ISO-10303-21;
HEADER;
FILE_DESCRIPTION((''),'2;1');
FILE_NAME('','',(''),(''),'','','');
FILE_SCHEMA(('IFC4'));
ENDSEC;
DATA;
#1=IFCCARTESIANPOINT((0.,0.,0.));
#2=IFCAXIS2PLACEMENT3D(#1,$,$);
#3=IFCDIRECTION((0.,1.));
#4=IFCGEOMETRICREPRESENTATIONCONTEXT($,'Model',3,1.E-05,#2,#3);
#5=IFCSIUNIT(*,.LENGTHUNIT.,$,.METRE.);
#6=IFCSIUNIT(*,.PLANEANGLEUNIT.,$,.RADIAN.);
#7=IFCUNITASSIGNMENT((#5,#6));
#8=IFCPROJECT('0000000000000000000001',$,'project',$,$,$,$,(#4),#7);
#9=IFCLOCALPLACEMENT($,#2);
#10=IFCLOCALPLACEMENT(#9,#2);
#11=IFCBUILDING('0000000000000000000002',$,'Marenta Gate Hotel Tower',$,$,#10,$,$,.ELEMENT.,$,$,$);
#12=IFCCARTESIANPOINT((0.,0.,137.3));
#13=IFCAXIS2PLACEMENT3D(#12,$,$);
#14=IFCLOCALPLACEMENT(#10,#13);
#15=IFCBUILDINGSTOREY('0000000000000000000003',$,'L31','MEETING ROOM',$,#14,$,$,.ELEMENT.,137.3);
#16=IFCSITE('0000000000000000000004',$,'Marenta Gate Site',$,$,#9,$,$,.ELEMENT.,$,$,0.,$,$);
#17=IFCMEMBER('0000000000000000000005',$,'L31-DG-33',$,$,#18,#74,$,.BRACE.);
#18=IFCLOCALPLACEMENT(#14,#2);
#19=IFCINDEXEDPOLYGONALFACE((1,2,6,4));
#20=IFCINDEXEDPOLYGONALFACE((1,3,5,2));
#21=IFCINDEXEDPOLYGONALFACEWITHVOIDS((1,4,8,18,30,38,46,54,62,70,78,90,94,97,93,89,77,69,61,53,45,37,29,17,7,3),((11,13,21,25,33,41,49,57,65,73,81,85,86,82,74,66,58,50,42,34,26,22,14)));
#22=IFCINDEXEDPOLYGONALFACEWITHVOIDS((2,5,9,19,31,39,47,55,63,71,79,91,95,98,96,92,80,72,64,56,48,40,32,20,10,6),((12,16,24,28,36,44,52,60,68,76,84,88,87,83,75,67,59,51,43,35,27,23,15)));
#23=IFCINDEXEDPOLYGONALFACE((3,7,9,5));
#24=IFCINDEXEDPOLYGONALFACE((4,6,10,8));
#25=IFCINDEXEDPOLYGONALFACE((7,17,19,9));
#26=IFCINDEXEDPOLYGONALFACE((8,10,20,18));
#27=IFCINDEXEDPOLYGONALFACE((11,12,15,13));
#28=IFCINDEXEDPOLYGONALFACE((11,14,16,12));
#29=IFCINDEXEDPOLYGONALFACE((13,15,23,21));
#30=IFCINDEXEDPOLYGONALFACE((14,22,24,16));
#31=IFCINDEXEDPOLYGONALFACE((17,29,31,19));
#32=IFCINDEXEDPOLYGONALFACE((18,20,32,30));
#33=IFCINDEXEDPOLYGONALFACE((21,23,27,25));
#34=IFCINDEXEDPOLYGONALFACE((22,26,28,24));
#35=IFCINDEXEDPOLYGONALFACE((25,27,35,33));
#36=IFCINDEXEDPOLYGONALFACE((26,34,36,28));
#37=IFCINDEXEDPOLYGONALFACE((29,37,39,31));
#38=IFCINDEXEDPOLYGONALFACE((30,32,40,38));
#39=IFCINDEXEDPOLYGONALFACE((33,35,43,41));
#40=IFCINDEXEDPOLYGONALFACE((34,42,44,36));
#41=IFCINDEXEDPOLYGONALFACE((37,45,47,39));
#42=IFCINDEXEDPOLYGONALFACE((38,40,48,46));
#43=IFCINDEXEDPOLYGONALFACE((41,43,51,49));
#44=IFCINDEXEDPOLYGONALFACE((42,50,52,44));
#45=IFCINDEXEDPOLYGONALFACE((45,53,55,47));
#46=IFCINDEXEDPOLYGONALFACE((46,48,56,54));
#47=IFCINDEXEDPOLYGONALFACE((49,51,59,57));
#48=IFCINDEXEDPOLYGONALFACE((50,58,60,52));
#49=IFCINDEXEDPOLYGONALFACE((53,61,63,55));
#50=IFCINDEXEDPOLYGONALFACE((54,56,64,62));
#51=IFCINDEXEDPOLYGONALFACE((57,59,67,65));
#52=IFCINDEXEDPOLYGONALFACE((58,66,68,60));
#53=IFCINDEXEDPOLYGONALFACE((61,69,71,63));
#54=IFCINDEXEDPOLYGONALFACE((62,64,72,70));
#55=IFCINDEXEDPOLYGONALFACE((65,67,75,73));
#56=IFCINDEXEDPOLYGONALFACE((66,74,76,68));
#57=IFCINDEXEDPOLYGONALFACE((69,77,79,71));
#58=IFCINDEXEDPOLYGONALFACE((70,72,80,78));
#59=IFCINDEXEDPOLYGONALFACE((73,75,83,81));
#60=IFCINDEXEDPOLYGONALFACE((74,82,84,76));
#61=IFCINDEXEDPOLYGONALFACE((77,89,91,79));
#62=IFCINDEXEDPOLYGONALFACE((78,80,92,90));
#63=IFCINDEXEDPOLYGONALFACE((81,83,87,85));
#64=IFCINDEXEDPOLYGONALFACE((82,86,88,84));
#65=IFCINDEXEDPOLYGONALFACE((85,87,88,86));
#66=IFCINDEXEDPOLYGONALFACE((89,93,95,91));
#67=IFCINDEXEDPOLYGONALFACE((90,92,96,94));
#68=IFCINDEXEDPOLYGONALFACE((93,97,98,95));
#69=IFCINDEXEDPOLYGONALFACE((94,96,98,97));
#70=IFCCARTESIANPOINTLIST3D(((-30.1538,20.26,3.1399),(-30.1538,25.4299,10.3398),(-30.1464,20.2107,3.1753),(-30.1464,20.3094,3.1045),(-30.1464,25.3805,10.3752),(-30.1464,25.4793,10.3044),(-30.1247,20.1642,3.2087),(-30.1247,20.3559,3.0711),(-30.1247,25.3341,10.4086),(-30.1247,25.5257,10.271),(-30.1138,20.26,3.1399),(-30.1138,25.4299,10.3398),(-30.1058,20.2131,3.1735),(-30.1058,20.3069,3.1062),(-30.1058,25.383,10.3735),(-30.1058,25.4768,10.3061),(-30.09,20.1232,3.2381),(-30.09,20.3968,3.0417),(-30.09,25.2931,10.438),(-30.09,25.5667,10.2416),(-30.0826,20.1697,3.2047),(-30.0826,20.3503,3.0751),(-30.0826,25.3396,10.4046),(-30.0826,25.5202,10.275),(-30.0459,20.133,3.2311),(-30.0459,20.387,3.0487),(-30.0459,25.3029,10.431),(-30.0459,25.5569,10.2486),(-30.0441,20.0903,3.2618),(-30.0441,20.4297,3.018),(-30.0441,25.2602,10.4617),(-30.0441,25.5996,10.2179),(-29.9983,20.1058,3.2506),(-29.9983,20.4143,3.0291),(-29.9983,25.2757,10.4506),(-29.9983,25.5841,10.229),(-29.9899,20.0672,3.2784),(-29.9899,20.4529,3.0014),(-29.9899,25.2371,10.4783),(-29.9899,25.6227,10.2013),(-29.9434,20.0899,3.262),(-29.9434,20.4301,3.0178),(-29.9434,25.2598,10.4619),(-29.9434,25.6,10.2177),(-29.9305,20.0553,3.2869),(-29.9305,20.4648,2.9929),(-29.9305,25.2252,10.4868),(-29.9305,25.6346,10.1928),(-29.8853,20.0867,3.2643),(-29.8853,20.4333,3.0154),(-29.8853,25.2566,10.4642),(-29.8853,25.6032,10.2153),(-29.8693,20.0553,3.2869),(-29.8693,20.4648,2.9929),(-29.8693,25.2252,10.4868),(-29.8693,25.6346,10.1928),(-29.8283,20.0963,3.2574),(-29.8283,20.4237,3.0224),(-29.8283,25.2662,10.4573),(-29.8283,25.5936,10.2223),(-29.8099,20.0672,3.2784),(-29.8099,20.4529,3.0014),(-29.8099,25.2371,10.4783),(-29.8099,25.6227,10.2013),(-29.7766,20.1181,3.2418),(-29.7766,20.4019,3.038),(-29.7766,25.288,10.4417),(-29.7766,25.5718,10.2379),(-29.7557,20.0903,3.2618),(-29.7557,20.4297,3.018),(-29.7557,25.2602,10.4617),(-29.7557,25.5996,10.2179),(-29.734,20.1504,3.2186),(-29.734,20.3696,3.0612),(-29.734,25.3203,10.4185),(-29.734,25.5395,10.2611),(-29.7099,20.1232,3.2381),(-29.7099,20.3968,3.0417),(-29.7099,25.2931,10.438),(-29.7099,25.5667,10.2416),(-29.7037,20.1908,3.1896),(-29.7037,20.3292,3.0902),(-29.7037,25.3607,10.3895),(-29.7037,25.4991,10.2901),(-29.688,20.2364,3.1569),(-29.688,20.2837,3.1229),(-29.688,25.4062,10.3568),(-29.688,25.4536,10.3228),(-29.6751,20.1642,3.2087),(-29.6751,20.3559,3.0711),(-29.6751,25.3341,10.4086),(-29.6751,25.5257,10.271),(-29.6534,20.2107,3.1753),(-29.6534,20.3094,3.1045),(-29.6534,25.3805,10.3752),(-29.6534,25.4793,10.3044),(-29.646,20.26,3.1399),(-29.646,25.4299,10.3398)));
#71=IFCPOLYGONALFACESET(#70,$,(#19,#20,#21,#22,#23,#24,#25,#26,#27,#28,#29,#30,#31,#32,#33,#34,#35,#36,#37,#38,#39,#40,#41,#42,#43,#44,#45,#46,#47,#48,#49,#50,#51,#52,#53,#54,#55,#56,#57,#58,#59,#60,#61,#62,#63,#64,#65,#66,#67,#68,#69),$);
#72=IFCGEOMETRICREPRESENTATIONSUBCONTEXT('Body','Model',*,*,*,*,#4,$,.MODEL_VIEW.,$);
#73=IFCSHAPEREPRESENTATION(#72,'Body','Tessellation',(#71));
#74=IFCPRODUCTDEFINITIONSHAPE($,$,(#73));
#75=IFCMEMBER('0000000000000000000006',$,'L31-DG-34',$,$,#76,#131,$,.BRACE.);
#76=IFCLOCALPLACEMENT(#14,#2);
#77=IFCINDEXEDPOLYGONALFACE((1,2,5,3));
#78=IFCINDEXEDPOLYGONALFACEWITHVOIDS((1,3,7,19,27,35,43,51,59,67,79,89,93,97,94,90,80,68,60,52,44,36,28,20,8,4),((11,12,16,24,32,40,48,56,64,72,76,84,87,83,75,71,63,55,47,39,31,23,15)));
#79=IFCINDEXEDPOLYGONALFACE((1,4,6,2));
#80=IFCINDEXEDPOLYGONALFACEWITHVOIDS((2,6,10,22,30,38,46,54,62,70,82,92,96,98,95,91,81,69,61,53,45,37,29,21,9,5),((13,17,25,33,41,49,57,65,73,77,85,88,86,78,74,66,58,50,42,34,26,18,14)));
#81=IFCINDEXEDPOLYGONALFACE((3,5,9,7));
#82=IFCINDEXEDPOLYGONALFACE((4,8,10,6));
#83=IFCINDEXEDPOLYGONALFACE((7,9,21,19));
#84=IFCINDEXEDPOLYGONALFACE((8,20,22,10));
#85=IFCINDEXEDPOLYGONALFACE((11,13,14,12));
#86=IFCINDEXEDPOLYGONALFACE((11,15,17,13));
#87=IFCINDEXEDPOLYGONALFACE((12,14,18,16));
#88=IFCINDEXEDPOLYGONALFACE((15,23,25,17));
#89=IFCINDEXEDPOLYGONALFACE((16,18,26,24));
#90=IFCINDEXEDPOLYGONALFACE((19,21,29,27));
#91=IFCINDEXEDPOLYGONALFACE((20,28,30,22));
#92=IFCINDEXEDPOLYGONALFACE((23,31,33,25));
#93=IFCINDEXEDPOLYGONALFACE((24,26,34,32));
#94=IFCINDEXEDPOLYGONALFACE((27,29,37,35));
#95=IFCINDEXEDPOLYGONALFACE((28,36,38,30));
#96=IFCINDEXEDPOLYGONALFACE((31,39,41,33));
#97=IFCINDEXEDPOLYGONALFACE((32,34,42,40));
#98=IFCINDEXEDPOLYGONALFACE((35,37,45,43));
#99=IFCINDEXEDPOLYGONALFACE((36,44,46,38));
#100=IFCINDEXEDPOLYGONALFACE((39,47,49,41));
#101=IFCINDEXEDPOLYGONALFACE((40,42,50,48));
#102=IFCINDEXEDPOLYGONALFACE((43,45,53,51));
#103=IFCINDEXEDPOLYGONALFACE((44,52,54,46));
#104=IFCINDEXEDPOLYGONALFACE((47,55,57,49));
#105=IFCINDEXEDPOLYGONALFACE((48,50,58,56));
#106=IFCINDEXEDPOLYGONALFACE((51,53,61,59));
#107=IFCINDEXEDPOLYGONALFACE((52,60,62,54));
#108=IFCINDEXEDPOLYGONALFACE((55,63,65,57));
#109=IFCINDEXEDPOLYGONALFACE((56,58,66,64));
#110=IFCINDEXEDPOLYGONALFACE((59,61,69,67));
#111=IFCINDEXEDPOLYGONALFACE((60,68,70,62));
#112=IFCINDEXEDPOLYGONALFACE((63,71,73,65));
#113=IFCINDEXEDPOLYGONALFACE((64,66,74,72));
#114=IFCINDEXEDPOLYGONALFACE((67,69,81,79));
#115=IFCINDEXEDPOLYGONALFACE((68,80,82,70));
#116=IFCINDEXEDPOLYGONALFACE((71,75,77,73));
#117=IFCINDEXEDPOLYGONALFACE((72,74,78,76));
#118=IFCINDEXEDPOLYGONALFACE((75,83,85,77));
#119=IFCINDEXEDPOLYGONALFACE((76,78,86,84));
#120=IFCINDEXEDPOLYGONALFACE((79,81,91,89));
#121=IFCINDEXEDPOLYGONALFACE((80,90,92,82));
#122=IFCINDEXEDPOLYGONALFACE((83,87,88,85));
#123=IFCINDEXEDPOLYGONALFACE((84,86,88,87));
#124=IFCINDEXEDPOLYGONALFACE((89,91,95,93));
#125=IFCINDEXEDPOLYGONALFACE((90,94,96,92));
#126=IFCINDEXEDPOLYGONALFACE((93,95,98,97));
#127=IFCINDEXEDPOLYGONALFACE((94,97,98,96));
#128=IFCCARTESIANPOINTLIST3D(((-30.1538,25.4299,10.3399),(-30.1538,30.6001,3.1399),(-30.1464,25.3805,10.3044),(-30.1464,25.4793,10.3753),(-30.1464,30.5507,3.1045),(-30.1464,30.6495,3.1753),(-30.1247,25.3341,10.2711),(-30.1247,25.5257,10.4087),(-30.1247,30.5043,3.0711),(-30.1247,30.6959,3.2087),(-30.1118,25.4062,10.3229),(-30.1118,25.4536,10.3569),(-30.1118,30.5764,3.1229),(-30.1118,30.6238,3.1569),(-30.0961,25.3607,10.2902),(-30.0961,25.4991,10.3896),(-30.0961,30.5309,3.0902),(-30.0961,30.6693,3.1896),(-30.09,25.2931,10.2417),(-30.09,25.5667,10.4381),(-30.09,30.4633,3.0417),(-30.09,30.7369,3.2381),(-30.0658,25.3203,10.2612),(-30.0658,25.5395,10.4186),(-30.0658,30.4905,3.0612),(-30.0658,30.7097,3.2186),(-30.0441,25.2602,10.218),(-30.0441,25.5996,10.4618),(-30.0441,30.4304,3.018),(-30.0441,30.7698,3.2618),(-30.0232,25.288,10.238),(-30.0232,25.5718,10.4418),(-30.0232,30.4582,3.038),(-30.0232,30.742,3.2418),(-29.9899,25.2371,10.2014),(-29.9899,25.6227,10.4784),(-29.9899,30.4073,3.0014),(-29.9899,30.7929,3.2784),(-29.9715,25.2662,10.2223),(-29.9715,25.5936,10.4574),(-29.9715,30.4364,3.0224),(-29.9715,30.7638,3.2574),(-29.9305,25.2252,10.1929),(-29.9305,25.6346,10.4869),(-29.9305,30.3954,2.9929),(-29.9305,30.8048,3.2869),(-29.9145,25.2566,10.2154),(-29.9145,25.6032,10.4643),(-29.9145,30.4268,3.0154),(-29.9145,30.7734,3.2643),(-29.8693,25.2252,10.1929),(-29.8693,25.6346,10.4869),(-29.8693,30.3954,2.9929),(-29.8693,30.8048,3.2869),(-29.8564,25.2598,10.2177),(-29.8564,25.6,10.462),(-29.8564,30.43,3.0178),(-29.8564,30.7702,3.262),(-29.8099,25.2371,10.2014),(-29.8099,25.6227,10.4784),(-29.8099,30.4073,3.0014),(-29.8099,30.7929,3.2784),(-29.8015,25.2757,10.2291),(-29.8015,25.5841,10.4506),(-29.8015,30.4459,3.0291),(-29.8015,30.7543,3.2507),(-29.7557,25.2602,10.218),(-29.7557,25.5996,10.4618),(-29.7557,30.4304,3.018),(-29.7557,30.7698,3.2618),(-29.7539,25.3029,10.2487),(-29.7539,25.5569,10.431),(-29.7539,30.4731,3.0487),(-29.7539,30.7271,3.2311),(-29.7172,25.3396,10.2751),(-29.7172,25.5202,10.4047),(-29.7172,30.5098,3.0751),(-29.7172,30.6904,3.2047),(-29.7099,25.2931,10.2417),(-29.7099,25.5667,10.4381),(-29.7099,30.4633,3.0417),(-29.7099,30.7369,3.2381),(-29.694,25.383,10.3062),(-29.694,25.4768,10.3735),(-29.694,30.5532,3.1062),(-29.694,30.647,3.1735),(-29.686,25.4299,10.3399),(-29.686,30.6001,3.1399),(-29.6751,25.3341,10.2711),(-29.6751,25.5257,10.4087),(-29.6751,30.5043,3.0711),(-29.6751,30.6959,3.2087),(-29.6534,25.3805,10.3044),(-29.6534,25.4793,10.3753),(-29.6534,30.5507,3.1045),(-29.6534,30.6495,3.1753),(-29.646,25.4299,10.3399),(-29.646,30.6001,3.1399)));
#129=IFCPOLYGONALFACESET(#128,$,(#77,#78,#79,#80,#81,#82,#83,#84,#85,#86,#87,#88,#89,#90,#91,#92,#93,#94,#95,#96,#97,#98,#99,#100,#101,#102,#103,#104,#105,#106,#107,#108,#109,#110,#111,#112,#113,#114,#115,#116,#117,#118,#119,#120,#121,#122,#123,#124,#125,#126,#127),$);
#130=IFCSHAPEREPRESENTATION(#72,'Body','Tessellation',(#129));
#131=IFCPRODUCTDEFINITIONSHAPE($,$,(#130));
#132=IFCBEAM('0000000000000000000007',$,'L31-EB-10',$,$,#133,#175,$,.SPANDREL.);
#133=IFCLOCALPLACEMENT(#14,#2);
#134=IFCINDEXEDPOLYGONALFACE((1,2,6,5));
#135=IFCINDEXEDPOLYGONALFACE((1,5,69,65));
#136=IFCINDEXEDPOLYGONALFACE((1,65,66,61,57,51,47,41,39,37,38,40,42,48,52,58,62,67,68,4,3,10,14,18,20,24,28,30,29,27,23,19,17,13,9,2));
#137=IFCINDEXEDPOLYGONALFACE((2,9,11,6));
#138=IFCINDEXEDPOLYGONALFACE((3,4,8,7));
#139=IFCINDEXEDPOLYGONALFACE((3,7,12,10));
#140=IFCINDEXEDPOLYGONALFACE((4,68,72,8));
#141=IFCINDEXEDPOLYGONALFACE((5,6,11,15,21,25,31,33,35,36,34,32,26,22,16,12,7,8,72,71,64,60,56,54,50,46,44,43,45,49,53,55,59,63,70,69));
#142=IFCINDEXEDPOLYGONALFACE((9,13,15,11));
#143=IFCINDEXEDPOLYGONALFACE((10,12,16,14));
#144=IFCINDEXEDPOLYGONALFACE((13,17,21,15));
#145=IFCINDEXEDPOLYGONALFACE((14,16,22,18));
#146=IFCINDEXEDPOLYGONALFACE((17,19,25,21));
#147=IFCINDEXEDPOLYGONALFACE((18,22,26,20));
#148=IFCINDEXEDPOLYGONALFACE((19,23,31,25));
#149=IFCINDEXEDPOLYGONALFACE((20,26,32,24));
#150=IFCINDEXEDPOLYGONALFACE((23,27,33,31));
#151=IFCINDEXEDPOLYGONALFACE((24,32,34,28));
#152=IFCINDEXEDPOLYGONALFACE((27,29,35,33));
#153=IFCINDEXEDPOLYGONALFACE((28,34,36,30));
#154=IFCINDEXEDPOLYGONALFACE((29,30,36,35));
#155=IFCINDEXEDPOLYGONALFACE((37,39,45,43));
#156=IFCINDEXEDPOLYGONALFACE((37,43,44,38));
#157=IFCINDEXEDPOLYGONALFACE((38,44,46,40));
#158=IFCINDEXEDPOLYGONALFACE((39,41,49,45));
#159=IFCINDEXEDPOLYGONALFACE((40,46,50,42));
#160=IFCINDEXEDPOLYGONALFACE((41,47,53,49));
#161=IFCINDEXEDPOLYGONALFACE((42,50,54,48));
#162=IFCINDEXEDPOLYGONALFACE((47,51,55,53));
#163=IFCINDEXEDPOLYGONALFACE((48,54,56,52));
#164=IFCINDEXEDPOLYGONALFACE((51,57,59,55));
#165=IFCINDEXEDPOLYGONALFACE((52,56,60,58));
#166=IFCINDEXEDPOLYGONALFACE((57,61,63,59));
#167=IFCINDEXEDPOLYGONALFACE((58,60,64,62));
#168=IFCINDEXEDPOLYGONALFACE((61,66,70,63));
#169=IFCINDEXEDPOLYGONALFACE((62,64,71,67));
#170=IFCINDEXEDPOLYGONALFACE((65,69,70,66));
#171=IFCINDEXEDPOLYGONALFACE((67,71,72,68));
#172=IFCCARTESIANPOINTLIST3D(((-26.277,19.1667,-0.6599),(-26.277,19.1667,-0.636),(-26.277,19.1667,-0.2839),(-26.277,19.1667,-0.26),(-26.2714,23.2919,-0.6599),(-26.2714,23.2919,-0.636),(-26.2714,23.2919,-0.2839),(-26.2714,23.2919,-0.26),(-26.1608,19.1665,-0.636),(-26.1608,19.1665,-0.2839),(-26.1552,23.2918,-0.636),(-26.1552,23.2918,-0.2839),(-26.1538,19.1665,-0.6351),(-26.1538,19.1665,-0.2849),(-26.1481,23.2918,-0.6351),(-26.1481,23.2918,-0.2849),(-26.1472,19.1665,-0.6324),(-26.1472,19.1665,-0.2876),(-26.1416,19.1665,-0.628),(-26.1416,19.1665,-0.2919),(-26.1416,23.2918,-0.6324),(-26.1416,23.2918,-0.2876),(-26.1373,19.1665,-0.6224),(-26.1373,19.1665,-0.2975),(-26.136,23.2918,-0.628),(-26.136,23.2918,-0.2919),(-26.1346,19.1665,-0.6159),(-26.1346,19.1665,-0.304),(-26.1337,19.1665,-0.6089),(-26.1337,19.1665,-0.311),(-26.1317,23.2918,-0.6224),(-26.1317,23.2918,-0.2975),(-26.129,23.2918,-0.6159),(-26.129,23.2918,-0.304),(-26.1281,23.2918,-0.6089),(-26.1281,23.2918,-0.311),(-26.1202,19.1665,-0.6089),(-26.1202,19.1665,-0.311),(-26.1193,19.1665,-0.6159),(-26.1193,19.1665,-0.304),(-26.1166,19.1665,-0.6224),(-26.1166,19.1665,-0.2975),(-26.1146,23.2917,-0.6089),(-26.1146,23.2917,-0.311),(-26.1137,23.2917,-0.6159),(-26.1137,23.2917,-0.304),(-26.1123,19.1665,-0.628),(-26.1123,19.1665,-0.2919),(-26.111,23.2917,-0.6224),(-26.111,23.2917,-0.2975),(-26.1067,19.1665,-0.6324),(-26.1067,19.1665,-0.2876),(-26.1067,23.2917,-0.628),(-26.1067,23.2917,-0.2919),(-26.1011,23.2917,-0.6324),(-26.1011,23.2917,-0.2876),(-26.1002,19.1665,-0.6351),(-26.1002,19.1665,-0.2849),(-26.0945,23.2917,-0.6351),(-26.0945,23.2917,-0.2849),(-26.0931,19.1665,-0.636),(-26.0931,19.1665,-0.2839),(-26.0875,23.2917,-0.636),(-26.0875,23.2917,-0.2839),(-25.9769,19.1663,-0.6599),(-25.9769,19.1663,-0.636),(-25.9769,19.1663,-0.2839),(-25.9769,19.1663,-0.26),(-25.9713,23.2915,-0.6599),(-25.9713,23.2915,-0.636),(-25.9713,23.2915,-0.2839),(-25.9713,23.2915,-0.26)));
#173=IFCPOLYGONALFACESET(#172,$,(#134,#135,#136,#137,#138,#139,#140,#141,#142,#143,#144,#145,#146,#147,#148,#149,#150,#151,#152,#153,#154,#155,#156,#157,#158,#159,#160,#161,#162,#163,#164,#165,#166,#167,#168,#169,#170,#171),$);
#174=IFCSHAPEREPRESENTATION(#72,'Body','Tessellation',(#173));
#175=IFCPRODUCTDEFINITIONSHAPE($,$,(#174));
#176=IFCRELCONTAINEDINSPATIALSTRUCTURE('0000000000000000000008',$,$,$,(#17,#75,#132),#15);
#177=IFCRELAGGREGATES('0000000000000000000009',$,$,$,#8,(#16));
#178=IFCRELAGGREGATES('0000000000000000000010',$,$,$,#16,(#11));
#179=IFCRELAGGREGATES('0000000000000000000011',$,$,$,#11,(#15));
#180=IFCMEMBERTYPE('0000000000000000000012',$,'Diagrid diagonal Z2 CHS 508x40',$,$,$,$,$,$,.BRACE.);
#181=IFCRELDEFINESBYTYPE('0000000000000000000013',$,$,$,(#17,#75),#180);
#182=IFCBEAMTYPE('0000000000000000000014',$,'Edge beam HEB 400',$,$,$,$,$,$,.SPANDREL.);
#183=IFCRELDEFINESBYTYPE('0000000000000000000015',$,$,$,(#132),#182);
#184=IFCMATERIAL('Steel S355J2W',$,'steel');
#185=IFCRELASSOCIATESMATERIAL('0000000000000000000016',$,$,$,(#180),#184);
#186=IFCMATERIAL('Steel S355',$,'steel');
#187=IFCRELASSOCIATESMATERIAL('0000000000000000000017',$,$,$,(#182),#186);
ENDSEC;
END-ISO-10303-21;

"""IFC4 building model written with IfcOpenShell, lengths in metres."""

from ifc_helpers import new_model, si_unit, direction, frame, origin, origin_2d, place, context, subcontext, project, spatial, hollow_circle, i_section, extrude, material, material_profile, profile_set, type_object, element, save


model = new_model("IFC4")

# Units and contexts
model_context = context("Model", 3, precision=1e-05, world=origin(), true_north=direction((0.0, 1.0)))
body_context = subcontext(model_context, "Body", "Model", "MODEL_VIEW")
ifc_project = project(units=[si_unit("LENGTHUNIT", "METRE"), si_unit("PLANEANGLEUNIT", "RADIAN")], contexts=[model_context])

# Site, building, storey
site_placement = place(None, origin())
site = spatial("IfcSite", under=ifc_project, at=site_placement, Name="Marenta Gate Site", CompositionType="ELEMENT", RefElevation=0.0)
building_placement = place(site_placement, origin())
building = spatial("IfcBuilding", under=site, at=building_placement, Name="Marenta Gate Hotel Tower", CompositionType="ELEMENT")
storey_placement = place(building_placement, frame((0.0, 0.0, 137.3)))
storey = spatial("IfcBuildingStorey", under=building, at=storey_placement, Name="L31", Description="MEETING ROOM", CompositionType="ELEMENT", Elevation=137.3)

# Members
ifc_material_1 = material(Name="Steel S355J2W", Category="steel")
ifc_material_profile_1 = material_profile(ifc_material_1, hollow_circle(Radius=0.2539, WallThickness=0.04, at=origin_2d()), Name="CHS 508x40")
ifc_profile_set_1 = profile_set([ifc_material_profile_1], Name="Steel S355J2W")
member_type_1 = type_object("IfcMemberType", Name="Diagrid diagonal Z2 CHS 508x40", PredefinedType="BRACE", material=ifc_profile_set_1)
for number, where, z_axis, x_axis, name in (
    (1, (-29.8999, 20.26, 3.1399), (0.0, 0.583261, 0.812285), (-1.0, 0.0, 0.0), "L31-DG-33"),
):
    element("IfcMember", number, at=place(storey_placement, frame(where, z_axis=z_axis, x_axis=x_axis)), inside=storey, type_object=member_type_1, Name=name, PredefinedType="BRACE", context=body_context, shape_type="SweptSolid", body=[
        extrude(hollow_circle(Radius=0.2539, WallThickness=0.04, at=origin_2d()), origin(), (0.0, 0.0, 1.0), 8.8638),
    ])
member_1_placement = place(storey_placement, frame((-29.8999, 30.6001, 3.1399), z_axis=(0.0, -0.583279, 0.812272), x_axis=(1.0, 0.0, 0.0)))
element("IfcMember", 2, at=member_1_placement, inside=storey, type_object=member_type_1, Name="L31-DG-34", PredefinedType="BRACE", context=body_context, shape_type="SweptSolid", body=[
    extrude(hollow_circle(Radius=0.2539, WallThickness=0.04, at=origin_2d()), origin(), (0.0, 0.0, 1.0), 8.864),
])

# Beam
ifc_material_2 = material(Name="Steel S355", Category="steel")
ifc_material_profile_2 = material_profile(ifc_material_2, i_section(OverallWidth=0.3, OverallDepth=0.3999, WebThickness=0.0134, FlangeThickness=0.0239, FilletRadius=0.0271, at=origin_2d()), Name="HEB 400")
ifc_profile_set_2 = profile_set([ifc_material_profile_2], Name="Steel S355")
beam_type_1 = type_object("IfcBeamType", Name="Edge beam HEB 400", PredefinedType="SPANDREL", material=ifc_profile_set_2)
beam_1_placement = place(storey_placement, frame((-26.127, 19.1665, -0.46), z_axis=(0.001361, 0.999999, 0.0), x_axis=(-0.999999, 0.001361, 0.0)))
element("IfcBeam", 3, at=beam_1_placement, inside=storey, type_object=beam_type_1, Name="L31-EB-10", PredefinedType="SPANDREL", context=body_context, shape_type="SweptSolid", body=[
    extrude(i_section(OverallWidth=0.3, OverallDepth=0.3999, WebThickness=0.0134, FlangeThickness=0.0239, FilletRadius=0.0271, at=origin_2d()), origin(), (0.0, 0.0, 1.0), 4.1252),
])

save(model, "model.ifc")
